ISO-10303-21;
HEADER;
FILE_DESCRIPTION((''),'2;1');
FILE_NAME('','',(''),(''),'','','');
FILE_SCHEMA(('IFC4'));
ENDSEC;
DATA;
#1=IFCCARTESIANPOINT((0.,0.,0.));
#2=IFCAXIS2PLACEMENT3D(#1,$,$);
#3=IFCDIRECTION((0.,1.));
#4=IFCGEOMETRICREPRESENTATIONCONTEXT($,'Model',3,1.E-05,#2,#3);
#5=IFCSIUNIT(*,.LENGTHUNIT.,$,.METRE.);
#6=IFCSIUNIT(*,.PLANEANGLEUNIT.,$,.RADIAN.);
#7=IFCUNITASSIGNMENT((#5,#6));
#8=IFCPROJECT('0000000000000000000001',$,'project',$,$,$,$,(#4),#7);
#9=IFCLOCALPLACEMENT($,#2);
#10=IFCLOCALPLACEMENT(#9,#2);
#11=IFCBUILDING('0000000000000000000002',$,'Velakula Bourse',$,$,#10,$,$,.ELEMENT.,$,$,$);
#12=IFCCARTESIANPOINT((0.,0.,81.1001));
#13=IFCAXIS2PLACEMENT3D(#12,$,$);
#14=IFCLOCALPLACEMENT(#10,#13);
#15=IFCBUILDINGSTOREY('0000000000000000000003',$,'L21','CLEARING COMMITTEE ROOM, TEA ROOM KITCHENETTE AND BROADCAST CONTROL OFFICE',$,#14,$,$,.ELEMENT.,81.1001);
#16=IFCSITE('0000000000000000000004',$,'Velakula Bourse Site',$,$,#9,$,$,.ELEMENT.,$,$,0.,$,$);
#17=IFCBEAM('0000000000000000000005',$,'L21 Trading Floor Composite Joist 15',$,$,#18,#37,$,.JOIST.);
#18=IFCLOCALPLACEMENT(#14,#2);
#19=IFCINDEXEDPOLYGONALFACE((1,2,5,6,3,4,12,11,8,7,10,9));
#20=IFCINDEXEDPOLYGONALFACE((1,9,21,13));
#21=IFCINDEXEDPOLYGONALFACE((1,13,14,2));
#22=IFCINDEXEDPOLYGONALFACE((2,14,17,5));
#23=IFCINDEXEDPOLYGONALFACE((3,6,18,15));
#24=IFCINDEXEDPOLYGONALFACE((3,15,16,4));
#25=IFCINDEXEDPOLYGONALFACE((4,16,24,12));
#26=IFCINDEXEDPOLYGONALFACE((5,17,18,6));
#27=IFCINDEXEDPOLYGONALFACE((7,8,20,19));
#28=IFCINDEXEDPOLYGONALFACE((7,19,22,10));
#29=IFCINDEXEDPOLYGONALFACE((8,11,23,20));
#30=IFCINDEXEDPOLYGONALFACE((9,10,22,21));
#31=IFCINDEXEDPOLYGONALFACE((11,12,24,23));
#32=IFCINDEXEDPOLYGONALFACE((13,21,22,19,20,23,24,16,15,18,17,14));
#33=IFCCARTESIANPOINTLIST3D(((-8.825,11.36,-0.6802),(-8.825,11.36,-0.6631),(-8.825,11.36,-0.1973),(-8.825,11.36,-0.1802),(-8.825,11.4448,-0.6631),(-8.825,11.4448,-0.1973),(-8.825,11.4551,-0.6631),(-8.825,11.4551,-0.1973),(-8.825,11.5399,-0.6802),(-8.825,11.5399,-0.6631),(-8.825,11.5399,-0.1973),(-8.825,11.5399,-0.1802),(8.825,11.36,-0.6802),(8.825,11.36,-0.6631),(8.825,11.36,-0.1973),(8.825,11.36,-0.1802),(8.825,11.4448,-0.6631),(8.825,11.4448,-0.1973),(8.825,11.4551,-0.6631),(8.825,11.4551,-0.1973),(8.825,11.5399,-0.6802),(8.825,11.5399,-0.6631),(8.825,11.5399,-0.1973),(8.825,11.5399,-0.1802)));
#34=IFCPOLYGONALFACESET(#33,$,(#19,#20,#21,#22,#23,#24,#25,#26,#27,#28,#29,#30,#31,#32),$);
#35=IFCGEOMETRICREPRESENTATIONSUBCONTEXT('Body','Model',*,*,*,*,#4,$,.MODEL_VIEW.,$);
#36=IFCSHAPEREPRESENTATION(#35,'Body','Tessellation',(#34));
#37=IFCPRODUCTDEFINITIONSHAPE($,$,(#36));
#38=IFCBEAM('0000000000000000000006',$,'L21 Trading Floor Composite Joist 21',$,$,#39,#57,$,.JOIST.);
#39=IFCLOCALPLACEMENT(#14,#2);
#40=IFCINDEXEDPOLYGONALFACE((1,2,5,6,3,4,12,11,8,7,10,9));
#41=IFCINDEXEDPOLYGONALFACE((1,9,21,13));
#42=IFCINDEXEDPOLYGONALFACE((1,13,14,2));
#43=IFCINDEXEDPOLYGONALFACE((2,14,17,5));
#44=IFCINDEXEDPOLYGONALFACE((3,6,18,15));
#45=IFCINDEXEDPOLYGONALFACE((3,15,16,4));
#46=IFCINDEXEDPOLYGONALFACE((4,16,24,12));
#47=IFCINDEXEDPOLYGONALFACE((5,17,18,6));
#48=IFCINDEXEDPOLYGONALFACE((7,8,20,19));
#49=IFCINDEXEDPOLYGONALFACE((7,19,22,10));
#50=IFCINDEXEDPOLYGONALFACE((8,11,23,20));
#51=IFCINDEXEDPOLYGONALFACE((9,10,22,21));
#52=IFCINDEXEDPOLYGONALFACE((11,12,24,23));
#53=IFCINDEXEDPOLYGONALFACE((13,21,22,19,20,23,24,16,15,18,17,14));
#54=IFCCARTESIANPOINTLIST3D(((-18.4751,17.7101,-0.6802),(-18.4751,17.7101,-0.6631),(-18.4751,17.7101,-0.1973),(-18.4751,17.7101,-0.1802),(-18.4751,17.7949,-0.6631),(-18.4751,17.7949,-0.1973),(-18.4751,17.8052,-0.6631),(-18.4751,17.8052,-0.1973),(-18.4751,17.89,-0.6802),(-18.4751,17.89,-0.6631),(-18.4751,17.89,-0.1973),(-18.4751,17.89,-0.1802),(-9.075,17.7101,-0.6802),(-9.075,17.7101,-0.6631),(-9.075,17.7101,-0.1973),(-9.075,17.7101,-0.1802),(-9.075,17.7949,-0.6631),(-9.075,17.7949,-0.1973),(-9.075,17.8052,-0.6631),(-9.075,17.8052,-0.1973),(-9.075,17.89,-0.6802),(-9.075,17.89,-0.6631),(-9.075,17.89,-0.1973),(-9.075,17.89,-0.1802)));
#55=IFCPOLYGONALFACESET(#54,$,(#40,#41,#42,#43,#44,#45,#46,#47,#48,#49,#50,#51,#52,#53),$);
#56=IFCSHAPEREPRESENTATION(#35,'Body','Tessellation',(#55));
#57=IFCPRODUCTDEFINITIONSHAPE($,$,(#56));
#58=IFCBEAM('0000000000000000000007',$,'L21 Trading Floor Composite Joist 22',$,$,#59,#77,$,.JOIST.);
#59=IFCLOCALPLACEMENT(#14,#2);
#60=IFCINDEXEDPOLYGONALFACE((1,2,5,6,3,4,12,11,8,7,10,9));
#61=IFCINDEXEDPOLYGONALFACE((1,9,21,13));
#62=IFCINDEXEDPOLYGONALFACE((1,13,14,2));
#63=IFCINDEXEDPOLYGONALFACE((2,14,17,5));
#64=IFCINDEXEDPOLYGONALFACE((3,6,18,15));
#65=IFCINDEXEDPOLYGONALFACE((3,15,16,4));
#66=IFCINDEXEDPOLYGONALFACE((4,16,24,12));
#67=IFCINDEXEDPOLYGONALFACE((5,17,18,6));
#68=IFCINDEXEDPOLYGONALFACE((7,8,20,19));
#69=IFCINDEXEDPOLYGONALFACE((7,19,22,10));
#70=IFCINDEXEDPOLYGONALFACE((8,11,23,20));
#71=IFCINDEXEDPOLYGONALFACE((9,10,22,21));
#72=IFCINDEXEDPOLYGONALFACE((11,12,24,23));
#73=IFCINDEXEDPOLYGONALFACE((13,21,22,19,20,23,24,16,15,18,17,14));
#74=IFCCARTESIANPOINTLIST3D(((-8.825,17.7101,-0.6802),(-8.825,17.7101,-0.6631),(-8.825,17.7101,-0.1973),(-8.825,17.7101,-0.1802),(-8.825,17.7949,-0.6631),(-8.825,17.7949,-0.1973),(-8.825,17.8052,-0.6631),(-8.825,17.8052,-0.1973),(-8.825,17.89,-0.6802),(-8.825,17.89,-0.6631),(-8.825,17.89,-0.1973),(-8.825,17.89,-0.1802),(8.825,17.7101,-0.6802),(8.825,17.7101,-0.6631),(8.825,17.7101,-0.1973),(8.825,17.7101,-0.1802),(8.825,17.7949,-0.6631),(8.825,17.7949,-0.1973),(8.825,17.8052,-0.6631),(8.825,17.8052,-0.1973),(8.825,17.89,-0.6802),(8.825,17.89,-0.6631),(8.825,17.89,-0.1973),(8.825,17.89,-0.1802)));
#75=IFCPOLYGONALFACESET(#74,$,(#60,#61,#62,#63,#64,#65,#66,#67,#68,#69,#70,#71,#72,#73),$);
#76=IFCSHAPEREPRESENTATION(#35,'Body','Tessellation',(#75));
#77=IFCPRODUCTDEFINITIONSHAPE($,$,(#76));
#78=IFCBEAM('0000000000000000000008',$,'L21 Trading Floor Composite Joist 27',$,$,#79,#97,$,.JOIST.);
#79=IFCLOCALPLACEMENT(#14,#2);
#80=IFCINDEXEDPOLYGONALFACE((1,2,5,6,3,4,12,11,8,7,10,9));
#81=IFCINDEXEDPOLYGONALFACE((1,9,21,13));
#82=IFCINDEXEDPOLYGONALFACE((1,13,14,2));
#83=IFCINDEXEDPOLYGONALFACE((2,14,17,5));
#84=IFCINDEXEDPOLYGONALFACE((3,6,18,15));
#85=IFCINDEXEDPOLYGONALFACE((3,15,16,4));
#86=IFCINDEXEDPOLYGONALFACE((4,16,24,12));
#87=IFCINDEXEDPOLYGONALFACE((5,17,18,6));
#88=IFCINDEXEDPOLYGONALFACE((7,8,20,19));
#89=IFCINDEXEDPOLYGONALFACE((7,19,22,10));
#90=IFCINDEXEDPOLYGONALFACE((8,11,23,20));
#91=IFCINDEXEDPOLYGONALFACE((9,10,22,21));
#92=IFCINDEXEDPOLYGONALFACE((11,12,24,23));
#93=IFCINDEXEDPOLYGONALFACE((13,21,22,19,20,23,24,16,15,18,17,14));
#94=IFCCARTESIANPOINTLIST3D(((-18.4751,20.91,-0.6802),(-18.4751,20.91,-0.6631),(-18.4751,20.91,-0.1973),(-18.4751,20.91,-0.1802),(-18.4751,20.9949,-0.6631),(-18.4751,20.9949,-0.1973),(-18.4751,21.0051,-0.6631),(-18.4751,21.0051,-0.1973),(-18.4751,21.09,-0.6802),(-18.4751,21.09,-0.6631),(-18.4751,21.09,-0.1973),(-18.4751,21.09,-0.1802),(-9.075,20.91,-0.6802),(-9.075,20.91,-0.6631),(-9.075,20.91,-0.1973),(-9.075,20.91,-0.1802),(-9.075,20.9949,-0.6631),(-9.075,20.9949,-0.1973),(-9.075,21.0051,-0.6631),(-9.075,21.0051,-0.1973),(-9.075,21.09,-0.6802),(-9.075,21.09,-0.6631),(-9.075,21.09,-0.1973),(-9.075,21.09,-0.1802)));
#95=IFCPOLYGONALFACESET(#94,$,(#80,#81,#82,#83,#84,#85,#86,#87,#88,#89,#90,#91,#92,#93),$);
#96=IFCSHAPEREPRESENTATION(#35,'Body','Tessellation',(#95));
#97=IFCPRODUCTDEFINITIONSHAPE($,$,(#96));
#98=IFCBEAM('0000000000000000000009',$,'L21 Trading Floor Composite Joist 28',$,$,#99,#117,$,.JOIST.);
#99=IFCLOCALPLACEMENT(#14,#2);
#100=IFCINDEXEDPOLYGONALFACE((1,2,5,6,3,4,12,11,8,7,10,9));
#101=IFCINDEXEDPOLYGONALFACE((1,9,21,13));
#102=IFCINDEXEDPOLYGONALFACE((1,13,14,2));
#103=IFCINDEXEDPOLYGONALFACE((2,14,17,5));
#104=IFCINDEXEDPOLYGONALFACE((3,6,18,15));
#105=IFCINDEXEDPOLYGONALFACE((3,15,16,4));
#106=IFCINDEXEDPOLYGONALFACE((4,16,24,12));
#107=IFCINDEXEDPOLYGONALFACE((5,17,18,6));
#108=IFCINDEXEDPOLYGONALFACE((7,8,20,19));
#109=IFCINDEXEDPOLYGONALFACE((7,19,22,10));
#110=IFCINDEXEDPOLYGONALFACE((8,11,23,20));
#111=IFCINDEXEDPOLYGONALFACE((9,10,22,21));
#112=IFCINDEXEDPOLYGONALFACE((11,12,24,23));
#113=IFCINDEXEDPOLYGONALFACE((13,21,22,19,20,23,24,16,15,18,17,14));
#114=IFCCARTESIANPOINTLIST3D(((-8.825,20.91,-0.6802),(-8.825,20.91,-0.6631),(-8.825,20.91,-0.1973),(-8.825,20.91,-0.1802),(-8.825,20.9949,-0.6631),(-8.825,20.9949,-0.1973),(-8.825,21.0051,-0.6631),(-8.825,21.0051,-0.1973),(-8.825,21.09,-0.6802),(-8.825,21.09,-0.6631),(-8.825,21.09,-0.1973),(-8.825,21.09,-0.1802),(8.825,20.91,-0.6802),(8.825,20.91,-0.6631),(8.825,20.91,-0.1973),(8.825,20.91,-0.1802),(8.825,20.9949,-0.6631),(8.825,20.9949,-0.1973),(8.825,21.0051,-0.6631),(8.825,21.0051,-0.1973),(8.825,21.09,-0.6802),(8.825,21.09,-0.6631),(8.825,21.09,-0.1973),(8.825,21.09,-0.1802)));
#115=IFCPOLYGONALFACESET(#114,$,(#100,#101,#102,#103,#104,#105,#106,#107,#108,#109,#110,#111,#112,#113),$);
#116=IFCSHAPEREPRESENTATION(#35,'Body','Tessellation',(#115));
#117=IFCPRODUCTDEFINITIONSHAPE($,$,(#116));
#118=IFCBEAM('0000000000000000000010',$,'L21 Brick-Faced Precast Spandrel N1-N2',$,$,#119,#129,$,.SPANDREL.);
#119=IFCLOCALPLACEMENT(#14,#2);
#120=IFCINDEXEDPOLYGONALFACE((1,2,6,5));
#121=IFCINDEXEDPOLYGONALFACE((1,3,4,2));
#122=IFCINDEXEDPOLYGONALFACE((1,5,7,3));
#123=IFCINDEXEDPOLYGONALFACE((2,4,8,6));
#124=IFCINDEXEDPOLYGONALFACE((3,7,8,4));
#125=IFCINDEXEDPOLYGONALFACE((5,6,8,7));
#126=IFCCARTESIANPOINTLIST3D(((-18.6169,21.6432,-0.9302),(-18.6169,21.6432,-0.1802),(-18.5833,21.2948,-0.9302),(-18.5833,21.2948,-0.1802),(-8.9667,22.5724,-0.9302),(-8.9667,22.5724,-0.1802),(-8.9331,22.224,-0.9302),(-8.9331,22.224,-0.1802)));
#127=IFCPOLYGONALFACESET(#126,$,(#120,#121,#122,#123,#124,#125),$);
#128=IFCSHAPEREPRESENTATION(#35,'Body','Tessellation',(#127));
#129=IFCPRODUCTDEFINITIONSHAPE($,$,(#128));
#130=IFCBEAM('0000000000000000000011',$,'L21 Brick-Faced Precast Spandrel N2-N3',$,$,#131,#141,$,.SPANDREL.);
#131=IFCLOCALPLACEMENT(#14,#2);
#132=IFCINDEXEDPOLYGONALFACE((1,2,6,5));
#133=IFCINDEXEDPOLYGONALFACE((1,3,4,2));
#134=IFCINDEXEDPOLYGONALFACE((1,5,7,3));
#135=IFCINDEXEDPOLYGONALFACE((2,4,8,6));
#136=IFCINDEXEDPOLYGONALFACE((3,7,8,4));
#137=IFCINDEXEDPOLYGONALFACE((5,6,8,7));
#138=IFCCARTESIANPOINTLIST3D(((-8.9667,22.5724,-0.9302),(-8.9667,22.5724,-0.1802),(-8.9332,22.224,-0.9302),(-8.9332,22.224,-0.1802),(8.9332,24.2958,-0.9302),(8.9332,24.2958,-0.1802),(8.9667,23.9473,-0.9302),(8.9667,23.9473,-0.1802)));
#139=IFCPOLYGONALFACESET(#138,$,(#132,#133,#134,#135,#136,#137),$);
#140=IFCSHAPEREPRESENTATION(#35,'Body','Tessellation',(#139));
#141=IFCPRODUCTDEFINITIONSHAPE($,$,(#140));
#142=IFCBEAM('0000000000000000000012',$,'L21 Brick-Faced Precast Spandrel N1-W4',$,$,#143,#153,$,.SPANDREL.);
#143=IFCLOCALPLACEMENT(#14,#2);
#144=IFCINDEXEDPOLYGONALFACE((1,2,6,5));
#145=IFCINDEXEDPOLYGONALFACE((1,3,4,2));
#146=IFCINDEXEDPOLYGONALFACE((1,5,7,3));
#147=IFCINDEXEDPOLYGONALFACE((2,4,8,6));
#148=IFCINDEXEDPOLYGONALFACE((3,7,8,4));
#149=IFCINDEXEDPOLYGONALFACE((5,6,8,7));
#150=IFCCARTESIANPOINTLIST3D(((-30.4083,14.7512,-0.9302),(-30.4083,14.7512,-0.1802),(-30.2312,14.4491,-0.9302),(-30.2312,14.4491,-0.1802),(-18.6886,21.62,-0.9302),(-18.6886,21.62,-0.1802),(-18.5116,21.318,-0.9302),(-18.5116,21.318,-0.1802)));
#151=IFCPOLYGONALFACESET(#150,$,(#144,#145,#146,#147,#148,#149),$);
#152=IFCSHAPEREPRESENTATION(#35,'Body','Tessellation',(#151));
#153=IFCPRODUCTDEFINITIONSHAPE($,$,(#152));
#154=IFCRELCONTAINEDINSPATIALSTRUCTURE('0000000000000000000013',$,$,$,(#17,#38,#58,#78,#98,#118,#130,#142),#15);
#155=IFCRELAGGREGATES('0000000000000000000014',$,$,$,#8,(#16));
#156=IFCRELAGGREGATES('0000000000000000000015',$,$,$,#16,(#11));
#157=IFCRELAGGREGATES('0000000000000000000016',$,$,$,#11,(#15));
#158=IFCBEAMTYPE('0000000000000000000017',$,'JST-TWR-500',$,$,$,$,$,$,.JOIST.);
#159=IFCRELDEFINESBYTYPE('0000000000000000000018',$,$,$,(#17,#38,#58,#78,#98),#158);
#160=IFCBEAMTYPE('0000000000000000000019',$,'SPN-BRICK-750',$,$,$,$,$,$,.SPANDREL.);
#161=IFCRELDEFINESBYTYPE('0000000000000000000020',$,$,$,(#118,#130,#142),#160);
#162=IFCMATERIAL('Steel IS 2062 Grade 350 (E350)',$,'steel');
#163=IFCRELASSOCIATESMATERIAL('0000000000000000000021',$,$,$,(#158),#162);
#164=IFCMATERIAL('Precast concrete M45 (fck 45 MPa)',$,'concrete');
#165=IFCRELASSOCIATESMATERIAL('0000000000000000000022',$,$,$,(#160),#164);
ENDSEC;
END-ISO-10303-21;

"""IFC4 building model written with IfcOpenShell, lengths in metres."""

from ifc_helpers import new_model, si_unit, direction, frame, origin, origin_2d, place, context, subcontext, project, spatial, rectangle, i_section, extrude, material, material_profile, profile_set, type_object, element, save


model = new_model("IFC4")

# Units and contexts
model_context = context("Model", 3, precision=1e-05, world=origin(), true_north=direction((0.0, 1.0)))
body_context = subcontext(model_context, "Body", "Model", "MODEL_VIEW")
ifc_project = project(units=[si_unit("LENGTHUNIT", "METRE"), si_unit("PLANEANGLEUNIT", "RADIAN")], contexts=[model_context])

# Site, building, storey
site_placement = place(None, origin())
site = spatial("IfcSite", under=ifc_project, at=site_placement, Name="Velakula Bourse Site", CompositionType="ELEMENT", RefElevation=0.0)
building_placement = place(site_placement, origin())
building = spatial("IfcBuilding", under=site, at=building_placement, Name="Velakula Bourse", CompositionType="ELEMENT")
storey_placement = place(building_placement, frame((0.0, 0.0, 81.1001)))
storey = spatial("IfcBuildingStorey", under=building, at=storey_placement, Name="L21", Description="CLEARING COMMITTEE ROOM, TEA ROOM KITCHENETTE AND BROADCAST CONTROL OFFICE", CompositionType="ELEMENT", Elevation=81.1001)

# Beams
ifc_material_1 = material(Name="Steel IS 2062 Grade 350 (E350)", Category="steel")
ifc_material_profile_1 = material_profile(ifc_material_1, i_section(OverallWidth=0.1799, OverallDepth=0.5, WebThickness=0.0103, FlangeThickness=0.0171, at=origin_2d()), Name="Steel IS 2062 Grade 350 (E350)")
ifc_profile_set_1 = profile_set([ifc_material_profile_1], Name="Steel IS 2062 Grade 350 (E350)")
beam_type_1 = type_object("IfcBeamType", Name="JST-TWR-500", PredefinedType="JOIST", material=ifc_profile_set_1)
beam_1_placement = place(storey_placement, frame((-8.825, 11.45, -0.4302), z_axis=(1.0, 0.0, 0.0), x_axis=(0.0, 1.0, 0.0)))
element("IfcBeam", 1, at=beam_1_placement, inside=storey, type_object=beam_type_1, Name="L21 Trading Floor Composite Joist 15", PredefinedType="JOIST", context=body_context, shape_type="SweptSolid", body=[
    extrude(i_section(OverallWidth=0.1799, OverallDepth=0.5, WebThickness=0.0103, FlangeThickness=0.0171, at=origin_2d()), origin(), (0.0, 0.0, 1.0), 17.6499),
])
beam_2_placement = place(storey_placement, frame((-18.4751, 17.8, -0.4302), z_axis=(1.0, 0.0, 0.0), x_axis=(0.0, 1.0, 0.0)))
element("IfcBeam", 2, at=beam_2_placement, inside=storey, type_object=beam_type_1, Name="L21 Trading Floor Composite Joist 21", PredefinedType="JOIST", context=body_context, shape_type="SweptSolid", body=[
    extrude(i_section(OverallWidth=0.1799, OverallDepth=0.5, WebThickness=0.0103, FlangeThickness=0.0171, at=origin_2d()), origin(), (0.0, 0.0, 1.0), 9.4001),
])
beam_3_placement = place(storey_placement, frame((-8.825, 17.8, -0.4302), z_axis=(1.0, 0.0, 0.0), x_axis=(0.0, 1.0, 0.0)))
element("IfcBeam", 3, at=beam_3_placement, inside=storey, type_object=beam_type_1, Name="L21 Trading Floor Composite Joist 22", PredefinedType="JOIST", context=body_context, shape_type="SweptSolid", body=[
    extrude(i_section(OverallWidth=0.1799, OverallDepth=0.5, WebThickness=0.0103, FlangeThickness=0.0171, at=origin_2d()), origin(), (0.0, 0.0, 1.0), 17.6499),
])
beam_4_placement = place(storey_placement, frame((-18.4751, 21.0, -0.4302), z_axis=(1.0, 0.0, 0.0), x_axis=(0.0, 1.0, 0.0)))
element("IfcBeam", 4, at=beam_4_placement, inside=storey, type_object=beam_type_1, Name="L21 Trading Floor Composite Joist 27", PredefinedType="JOIST", context=body_context, shape_type="SweptSolid", body=[
    extrude(i_section(OverallWidth=0.1799, OverallDepth=0.5, WebThickness=0.0103, FlangeThickness=0.0171, at=origin_2d()), origin(), (0.0, 0.0, 1.0), 9.4001),
])
beam_5_placement = place(storey_placement, frame((-8.825, 21.0, -0.4302), z_axis=(1.0, 0.0, 0.0), x_axis=(0.0, 1.0, 0.0)))
element("IfcBeam", 5, at=beam_5_placement, inside=storey, type_object=beam_type_1, Name="L21 Trading Floor Composite Joist 28", PredefinedType="JOIST", context=body_context, shape_type="SweptSolid", body=[
    extrude(i_section(OverallWidth=0.1799, OverallDepth=0.5, WebThickness=0.0103, FlangeThickness=0.0171, at=origin_2d()), origin(), (0.0, 0.0, 1.0), 17.6499),
])
ifc_material_2 = material(Name="Precast concrete M45 (fck 45 MPa)", Category="concrete")
ifc_material_profile_2 = material_profile(ifc_material_2, rectangle(XDim=0.3501, YDim=0.75, at=origin_2d()), Name="Precast concrete M45 (fck 45 MPa)")
ifc_profile_set_2 = profile_set([ifc_material_profile_2], Name="Precast concrete M45 (fck 45 MPa)")
beam_type_2 = type_object("IfcBeamType", Name="SPN-BRICK-750", PredefinedType="SPANDREL", material=ifc_profile_set_2)
beam_6_placement = place(storey_placement, frame((-18.6001, 21.469, -0.5552), z_axis=(0.995396, 0.095845, 0.0), x_axis=(-0.095845, 0.995396, 0.0)))
element("IfcBeam", 6, at=beam_6_placement, inside=storey, type_object=beam_type_2, Name="L21 Brick-Faced Precast Spandrel N1-N2", PredefinedType="SPANDREL", context=body_context, shape_type="SweptSolid", body=[
    extrude(rectangle(XDim=0.3501, YDim=0.75, at=origin_2d()), origin(), (0.0, 0.0, 1.0), 9.6948),
])
beam_7_placement = place(storey_placement, frame((-8.95, 22.3982, -0.5552), z_axis=(0.995397, 0.095836, 0.0), x_axis=(-0.095836, 0.995397, 0.0)))
element("IfcBeam", 7, at=beam_7_placement, inside=storey, type_object=beam_type_2, Name="L21 Brick-Faced Precast Spandrel N2-N3", PredefinedType="SPANDREL", context=body_context, shape_type="SweptSolid", body=[
    extrude(rectangle(XDim=0.3501, YDim=0.75, at=origin_2d()), origin(), (0.0, 0.0, 1.0), 17.9827),
])
beam_8_placement = place(storey_placement, frame((-18.6001, 21.469, -0.5552), z_axis=(-0.862739, -0.505649, 0.0), x_axis=(0.505649, -0.862739, 0.0)))
element("IfcBeam", 8, at=beam_8_placement, inside=storey, type_object=beam_type_2, Name="L21 Brick-Faced Precast Spandrel N1-W4", PredefinedType="SPANDREL", context=body_context, shape_type="SweptSolid", body=[
    extrude(rectangle(XDim=0.3501, YDim=0.75, at=origin_2d()), origin(), (0.0, 0.0, 1.0), 13.5842),
])

save(model, "model.ifc")
